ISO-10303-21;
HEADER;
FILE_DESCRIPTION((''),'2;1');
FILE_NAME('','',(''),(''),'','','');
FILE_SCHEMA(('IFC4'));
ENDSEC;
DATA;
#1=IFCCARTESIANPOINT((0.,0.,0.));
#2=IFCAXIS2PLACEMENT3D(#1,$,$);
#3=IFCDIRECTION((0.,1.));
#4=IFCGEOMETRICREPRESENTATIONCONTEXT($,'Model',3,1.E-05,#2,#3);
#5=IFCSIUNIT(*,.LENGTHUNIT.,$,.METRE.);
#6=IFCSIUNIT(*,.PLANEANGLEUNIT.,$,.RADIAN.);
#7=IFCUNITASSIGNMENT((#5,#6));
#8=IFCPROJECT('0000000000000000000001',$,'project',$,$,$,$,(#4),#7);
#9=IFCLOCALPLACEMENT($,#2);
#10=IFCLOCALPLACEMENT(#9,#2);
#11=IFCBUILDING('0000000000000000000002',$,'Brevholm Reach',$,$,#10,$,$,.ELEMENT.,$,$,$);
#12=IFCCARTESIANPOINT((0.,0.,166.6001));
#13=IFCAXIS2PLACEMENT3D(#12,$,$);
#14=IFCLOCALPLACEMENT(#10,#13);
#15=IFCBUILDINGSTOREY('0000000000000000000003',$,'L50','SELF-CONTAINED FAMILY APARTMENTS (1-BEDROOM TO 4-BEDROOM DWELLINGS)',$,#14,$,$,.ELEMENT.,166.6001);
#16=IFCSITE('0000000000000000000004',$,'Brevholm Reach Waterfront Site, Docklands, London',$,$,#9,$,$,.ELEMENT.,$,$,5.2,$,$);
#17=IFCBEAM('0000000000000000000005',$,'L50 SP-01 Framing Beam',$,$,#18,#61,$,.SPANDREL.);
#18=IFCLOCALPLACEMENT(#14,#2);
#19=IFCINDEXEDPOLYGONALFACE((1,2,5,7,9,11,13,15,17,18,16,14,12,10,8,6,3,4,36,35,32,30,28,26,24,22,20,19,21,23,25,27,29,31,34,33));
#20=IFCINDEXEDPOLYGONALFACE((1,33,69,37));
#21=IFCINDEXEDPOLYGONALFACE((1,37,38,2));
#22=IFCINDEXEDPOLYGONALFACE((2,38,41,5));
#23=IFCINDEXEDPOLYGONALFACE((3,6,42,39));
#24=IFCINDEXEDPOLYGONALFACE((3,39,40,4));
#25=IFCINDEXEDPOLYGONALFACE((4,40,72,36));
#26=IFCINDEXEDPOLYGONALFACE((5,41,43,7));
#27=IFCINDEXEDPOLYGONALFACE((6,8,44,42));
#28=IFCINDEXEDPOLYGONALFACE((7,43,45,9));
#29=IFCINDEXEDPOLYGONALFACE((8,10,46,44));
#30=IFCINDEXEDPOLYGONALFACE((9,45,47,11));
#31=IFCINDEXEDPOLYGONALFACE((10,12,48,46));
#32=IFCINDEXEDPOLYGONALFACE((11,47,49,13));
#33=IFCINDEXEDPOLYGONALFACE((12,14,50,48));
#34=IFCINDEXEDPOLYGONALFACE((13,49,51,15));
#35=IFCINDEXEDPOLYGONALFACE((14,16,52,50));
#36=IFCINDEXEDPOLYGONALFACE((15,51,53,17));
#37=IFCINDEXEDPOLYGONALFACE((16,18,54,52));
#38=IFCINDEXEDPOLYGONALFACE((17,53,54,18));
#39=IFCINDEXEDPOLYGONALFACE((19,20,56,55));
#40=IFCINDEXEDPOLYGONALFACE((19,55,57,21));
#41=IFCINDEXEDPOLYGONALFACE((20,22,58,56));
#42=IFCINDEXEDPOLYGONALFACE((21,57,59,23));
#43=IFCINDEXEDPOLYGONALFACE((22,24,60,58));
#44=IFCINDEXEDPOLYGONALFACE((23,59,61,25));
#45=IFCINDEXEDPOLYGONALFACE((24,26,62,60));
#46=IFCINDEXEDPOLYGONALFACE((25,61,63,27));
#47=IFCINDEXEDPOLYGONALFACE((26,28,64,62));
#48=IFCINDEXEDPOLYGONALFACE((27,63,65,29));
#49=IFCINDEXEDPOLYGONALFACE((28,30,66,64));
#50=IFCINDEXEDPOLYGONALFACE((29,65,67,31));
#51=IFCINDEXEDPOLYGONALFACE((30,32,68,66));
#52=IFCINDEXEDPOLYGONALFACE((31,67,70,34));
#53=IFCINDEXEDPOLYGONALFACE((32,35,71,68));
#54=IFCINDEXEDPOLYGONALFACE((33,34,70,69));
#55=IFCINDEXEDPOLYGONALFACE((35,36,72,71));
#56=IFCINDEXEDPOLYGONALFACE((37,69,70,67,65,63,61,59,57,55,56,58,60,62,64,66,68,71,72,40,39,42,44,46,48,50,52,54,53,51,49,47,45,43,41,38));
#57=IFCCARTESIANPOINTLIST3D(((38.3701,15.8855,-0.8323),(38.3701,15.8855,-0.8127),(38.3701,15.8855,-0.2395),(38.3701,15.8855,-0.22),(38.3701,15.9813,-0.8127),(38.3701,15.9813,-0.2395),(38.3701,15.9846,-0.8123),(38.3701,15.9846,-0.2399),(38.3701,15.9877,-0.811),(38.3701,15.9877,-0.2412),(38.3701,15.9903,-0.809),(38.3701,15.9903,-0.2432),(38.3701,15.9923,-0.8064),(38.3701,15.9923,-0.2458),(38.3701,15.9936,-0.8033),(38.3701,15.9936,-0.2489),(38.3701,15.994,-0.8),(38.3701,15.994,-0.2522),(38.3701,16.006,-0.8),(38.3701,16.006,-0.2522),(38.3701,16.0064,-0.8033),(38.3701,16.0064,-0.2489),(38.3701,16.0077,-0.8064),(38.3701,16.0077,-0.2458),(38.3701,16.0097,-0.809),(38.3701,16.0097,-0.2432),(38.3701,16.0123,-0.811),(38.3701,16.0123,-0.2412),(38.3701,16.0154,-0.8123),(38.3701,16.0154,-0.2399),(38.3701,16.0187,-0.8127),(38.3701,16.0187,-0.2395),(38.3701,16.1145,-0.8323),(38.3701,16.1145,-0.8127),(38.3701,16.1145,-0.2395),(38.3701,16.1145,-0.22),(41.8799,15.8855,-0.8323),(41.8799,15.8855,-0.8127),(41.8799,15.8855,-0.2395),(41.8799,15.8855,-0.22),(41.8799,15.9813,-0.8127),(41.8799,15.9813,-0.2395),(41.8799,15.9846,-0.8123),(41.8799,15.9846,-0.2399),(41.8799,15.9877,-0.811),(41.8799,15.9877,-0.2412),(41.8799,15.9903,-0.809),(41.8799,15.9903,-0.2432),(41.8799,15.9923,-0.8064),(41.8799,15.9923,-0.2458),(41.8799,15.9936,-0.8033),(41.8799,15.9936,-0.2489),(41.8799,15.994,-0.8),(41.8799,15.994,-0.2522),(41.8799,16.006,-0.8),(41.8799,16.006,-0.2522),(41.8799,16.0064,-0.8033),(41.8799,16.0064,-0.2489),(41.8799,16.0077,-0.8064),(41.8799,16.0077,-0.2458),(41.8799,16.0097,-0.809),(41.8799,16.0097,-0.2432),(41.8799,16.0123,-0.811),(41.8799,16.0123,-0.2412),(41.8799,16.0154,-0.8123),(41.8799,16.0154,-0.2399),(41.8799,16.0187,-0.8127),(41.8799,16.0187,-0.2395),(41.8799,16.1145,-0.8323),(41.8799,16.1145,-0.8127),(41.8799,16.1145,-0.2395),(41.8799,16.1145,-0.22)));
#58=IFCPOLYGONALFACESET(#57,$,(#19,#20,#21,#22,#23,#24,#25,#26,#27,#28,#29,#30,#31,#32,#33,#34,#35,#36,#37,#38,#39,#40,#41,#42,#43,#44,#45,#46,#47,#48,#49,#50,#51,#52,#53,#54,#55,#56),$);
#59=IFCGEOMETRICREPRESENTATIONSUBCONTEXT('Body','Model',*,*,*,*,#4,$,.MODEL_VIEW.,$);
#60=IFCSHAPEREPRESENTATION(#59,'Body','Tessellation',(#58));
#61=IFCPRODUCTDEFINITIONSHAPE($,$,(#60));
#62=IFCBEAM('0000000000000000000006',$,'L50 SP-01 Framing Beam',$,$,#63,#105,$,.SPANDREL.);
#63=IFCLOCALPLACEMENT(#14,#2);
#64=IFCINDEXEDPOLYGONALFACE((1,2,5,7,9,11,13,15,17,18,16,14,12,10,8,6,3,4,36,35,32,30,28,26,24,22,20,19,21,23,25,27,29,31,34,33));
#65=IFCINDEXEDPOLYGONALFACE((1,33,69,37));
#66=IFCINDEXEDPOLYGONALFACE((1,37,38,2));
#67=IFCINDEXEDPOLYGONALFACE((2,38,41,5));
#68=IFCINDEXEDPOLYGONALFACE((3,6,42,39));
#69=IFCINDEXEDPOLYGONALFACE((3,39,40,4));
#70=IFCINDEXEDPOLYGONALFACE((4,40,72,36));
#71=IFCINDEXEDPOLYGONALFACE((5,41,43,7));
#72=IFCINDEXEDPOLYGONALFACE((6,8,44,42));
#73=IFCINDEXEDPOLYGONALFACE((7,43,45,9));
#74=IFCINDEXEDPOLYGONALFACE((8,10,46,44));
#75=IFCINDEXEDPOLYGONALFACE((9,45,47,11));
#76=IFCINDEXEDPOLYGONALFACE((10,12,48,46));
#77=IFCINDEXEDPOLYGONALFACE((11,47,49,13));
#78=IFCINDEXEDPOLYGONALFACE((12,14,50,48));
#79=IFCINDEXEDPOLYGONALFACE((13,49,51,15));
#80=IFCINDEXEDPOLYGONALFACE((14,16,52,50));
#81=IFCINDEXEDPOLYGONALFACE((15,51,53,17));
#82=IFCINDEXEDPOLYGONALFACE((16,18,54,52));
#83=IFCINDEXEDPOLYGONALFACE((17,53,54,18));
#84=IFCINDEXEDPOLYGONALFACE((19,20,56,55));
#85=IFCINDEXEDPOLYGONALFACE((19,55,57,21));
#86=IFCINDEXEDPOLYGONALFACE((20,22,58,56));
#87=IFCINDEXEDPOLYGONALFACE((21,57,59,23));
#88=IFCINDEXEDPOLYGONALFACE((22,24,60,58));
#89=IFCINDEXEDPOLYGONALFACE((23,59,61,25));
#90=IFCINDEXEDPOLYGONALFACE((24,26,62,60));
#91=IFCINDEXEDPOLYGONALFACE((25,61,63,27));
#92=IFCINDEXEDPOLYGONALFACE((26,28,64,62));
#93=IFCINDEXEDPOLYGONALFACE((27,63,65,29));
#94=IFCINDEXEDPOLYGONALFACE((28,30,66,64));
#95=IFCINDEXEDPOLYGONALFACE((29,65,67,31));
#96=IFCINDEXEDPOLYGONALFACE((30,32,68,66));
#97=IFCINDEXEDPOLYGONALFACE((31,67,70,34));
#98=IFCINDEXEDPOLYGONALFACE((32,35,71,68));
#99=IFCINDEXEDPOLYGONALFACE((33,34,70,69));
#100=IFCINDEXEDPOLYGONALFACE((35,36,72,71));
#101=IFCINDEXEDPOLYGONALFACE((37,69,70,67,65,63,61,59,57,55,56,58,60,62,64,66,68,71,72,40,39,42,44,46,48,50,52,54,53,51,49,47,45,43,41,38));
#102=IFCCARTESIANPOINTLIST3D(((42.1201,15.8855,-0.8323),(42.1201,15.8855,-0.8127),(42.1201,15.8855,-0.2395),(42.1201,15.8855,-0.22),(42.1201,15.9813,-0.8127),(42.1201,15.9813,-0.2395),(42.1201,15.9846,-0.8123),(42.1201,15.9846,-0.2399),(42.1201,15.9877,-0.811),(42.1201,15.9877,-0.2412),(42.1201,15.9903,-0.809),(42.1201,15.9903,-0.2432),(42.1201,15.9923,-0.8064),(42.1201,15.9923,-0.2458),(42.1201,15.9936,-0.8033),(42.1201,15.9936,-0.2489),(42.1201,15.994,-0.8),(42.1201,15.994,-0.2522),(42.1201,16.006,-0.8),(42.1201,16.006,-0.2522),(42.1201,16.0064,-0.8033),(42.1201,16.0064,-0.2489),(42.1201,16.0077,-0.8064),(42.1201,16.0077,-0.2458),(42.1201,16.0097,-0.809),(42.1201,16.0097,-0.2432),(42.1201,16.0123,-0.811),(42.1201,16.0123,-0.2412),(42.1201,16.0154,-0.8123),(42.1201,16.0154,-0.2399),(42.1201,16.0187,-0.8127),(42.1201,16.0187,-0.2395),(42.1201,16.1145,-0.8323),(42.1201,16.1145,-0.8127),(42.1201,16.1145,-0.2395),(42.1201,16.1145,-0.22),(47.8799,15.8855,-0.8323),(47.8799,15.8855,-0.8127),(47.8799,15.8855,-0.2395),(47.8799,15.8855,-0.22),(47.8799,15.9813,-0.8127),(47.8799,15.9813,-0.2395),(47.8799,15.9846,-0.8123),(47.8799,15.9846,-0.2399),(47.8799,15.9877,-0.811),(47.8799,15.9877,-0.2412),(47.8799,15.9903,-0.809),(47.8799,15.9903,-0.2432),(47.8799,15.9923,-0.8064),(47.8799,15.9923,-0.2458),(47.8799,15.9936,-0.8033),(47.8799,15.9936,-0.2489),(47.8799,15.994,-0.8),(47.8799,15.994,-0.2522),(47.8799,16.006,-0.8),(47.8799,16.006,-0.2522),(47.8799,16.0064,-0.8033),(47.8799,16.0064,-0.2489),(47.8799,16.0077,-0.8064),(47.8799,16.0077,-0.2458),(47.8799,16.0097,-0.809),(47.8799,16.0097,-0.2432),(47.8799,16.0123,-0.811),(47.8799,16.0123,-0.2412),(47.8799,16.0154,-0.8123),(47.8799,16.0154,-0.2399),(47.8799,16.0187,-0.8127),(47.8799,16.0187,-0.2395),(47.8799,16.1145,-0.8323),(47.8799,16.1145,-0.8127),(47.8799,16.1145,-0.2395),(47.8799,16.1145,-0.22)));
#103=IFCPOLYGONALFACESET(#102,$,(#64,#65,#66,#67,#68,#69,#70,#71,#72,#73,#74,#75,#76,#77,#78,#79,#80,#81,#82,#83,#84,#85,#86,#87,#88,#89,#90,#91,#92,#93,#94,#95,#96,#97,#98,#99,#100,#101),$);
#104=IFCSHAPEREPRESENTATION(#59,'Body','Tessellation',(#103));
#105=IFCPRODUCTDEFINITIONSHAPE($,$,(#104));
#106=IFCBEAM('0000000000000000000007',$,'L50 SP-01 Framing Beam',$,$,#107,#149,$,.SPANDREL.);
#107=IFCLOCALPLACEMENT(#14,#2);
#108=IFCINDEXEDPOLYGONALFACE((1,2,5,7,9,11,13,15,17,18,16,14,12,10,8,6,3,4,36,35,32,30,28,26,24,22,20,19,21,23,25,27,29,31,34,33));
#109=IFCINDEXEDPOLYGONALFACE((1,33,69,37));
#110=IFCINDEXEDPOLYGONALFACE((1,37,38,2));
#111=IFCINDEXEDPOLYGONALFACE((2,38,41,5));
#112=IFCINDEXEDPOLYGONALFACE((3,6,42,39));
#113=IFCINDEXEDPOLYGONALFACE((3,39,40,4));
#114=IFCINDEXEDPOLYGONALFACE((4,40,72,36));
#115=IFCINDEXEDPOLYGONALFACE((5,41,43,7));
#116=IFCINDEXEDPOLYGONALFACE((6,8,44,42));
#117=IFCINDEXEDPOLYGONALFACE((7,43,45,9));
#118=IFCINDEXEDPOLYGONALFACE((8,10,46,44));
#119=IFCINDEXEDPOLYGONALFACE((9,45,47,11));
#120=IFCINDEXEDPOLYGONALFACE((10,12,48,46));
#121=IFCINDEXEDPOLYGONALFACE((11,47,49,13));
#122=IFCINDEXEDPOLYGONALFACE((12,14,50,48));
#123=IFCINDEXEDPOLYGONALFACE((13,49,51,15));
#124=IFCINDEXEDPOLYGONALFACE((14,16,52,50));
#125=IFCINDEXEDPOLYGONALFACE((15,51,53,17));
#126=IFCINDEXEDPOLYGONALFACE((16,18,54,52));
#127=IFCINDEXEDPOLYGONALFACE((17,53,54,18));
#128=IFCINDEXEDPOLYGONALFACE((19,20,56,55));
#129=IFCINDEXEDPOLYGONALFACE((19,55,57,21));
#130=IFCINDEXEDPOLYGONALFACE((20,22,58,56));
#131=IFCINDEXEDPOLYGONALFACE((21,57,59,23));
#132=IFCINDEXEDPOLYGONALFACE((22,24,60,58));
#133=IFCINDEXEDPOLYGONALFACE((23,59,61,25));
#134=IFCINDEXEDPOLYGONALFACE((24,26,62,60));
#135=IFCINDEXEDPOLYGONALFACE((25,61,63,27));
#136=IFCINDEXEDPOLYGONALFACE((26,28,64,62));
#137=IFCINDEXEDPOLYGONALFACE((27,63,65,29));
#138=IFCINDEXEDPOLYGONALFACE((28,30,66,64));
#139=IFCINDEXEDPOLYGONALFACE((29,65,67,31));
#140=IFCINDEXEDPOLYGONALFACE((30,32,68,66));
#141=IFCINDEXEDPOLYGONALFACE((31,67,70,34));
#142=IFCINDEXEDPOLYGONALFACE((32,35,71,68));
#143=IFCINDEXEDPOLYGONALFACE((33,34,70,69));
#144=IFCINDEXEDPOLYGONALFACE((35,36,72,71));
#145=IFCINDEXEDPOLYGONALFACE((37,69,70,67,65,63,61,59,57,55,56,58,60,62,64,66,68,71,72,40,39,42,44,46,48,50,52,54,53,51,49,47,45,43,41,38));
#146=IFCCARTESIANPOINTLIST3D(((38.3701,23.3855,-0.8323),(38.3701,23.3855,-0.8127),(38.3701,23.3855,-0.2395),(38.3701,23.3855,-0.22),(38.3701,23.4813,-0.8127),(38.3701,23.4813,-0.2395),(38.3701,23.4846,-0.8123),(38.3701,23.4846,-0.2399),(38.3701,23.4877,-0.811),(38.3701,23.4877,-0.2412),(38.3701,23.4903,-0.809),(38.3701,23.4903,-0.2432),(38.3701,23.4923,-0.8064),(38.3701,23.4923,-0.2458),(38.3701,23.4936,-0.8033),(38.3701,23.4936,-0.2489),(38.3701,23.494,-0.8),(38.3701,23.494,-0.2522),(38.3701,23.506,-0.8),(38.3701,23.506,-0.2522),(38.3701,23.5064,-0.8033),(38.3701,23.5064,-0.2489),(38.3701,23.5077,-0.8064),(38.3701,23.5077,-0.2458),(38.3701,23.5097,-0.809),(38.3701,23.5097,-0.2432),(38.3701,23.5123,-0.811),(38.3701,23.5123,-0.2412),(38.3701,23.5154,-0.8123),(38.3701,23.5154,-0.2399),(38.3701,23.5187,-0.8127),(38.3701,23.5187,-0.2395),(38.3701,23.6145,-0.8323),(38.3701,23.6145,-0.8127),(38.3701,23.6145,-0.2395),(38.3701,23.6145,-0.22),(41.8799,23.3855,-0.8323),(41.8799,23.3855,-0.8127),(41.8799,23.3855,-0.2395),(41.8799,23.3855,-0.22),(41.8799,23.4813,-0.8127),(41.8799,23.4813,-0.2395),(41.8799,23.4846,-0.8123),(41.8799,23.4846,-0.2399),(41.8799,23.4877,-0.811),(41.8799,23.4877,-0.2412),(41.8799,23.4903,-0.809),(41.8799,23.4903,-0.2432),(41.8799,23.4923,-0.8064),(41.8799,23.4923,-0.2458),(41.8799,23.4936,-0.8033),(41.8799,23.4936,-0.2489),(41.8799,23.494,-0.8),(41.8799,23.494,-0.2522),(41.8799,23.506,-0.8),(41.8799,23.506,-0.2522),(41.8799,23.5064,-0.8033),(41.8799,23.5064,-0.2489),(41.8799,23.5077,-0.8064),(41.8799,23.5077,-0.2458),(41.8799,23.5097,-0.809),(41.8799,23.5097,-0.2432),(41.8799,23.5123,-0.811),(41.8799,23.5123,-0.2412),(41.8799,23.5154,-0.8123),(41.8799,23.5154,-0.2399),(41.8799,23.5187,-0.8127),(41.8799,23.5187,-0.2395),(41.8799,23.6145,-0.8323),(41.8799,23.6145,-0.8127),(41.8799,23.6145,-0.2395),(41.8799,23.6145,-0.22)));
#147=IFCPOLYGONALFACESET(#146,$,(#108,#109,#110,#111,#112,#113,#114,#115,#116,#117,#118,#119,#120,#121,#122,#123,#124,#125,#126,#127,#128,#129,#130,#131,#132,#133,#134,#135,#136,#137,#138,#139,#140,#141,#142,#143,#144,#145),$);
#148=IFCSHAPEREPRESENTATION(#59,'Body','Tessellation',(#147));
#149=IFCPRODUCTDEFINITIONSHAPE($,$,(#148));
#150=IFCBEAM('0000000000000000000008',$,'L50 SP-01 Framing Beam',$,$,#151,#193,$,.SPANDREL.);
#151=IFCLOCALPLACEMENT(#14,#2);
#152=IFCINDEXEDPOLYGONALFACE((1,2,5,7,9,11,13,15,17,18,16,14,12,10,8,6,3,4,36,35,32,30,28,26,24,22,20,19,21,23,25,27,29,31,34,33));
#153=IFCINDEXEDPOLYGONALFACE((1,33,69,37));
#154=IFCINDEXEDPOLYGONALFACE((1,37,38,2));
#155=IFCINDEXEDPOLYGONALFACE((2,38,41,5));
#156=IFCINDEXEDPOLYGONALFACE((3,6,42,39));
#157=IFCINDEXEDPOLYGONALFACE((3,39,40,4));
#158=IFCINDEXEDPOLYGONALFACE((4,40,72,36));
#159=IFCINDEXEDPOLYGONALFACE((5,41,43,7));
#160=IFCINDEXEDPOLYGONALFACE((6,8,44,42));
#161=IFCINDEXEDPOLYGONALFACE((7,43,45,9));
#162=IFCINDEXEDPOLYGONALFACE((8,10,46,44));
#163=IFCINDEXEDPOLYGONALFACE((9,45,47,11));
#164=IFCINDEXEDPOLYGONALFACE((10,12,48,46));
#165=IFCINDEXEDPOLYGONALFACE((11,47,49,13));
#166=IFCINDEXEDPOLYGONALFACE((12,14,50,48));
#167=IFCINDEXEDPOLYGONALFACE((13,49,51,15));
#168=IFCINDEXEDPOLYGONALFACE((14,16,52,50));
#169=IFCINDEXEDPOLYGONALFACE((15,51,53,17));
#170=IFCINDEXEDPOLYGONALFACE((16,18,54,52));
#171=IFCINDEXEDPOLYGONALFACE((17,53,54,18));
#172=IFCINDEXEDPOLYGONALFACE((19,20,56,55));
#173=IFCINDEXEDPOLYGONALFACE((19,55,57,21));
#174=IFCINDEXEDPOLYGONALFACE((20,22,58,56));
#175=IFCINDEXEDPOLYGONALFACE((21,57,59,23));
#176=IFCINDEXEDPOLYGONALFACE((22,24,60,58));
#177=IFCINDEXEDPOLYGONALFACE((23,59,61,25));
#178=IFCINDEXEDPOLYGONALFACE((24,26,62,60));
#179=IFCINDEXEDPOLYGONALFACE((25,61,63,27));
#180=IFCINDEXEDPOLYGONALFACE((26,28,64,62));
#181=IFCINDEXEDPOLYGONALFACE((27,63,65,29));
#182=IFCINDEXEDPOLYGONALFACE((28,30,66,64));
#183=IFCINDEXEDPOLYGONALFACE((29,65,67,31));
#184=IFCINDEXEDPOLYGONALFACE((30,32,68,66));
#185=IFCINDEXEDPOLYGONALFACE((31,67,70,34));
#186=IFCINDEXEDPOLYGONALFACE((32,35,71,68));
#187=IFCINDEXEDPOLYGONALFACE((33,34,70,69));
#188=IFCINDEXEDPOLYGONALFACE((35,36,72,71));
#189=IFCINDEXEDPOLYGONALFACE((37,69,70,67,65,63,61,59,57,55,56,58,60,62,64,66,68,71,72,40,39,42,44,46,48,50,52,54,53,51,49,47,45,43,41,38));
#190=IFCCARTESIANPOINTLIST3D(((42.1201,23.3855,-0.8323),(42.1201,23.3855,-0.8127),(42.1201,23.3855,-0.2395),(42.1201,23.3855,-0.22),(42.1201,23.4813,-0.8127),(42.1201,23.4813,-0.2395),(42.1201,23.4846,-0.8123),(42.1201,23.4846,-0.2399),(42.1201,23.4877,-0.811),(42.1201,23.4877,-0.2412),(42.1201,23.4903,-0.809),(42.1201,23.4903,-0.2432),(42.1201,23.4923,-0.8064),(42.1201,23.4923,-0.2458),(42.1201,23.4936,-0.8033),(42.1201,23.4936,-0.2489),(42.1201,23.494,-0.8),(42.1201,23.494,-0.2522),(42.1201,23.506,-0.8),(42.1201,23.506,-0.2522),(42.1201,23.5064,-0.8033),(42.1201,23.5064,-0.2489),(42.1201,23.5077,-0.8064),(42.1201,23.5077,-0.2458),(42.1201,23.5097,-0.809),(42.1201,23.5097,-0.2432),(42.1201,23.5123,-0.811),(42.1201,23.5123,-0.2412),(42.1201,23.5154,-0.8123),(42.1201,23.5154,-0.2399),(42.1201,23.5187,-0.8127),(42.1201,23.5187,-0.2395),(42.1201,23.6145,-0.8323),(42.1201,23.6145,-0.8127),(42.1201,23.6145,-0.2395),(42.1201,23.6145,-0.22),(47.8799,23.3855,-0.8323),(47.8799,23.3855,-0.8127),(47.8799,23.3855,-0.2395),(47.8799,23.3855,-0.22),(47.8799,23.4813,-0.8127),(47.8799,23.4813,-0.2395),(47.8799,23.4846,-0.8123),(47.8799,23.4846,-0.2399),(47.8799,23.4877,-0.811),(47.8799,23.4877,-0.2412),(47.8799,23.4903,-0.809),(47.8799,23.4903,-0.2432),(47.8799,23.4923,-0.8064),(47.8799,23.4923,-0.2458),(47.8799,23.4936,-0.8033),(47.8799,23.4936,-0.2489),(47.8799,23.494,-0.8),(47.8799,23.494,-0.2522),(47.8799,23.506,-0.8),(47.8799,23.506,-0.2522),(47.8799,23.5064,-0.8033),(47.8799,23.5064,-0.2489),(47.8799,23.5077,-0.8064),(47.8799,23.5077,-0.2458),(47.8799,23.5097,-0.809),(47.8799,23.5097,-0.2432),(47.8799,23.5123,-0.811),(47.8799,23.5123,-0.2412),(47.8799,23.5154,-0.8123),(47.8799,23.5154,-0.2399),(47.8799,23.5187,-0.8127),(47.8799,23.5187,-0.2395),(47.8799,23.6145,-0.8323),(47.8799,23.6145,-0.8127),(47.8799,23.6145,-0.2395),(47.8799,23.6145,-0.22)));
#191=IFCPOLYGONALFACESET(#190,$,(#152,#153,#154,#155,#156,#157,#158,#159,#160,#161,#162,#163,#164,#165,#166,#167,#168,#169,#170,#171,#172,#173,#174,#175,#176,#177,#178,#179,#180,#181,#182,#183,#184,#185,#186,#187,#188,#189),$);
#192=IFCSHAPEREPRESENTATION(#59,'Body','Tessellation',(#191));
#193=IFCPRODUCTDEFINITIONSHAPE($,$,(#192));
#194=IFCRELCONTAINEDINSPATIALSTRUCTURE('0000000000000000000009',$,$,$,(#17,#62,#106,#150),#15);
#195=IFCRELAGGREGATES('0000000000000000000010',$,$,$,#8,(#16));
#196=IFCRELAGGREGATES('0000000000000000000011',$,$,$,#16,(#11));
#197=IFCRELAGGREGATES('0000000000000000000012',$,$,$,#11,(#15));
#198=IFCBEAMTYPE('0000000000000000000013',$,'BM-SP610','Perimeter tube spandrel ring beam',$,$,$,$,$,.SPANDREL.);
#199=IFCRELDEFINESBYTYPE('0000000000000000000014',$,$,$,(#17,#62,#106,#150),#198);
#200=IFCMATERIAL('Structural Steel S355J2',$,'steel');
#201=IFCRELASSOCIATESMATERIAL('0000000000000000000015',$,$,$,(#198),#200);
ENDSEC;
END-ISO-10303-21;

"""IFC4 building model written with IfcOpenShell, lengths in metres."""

from ifc_helpers import new_model, si_unit, direction, frame, origin, origin_2d, place, context, subcontext, project, spatial, i_section, extrude, material, material_profile, profile_set, type_object, element, save


model = new_model("IFC4")

# Units and contexts
model_context = context("Model", 3, precision=1e-05, world=origin(), true_north=direction((0.0, 1.0)))
body_context = subcontext(model_context, "Body", "Model", "MODEL_VIEW")
ifc_project = project(units=[si_unit("LENGTHUNIT", "METRE"), si_unit("PLANEANGLEUNIT", "RADIAN")], contexts=[model_context])

# Site, building, storey
site_placement = place(None, origin())
site = spatial("IfcSite", under=ifc_project, at=site_placement, Name="Brevholm Reach Waterfront Site, Docklands, London", CompositionType="ELEMENT", RefElevation=5.2)
building_placement = place(site_placement, origin())
building = spatial("IfcBuilding", under=site, at=building_placement, Name="Brevholm Reach", CompositionType="ELEMENT")
storey_placement = place(building_placement, frame((0.0, 0.0, 166.6001)))
storey = spatial("IfcBuildingStorey", under=building, at=storey_placement, Name="L50", Description="SELF-CONTAINED FAMILY APARTMENTS (1-BEDROOM TO 4-BEDROOM DWELLINGS)", CompositionType="ELEMENT", Elevation=166.6001)

# Beams
ifc_material_1 = material(Name="Structural Steel S355J2", Category="steel")
ifc_material_profile_1 = material_profile(ifc_material_1, i_section(OverallWidth=0.229, OverallDepth=0.6123, WebThickness=0.012, FlangeThickness=0.0195, FilletRadius=0.0127, at=origin_2d()), Name="UKB 610x229x125")
ifc_profile_set_1 = profile_set([ifc_material_profile_1], Name="Structural Steel S355J2")
beam_type_1 = type_object("IfcBeamType", Name="BM-SP610", Description="Perimeter tube spandrel ring beam", PredefinedType="SPANDREL", material=ifc_profile_set_1)
beam_1_placement = place(storey_placement, frame((38.3701, 16.0, -0.5261), z_axis=(1.0, 0.0, 0.0), x_axis=(0.0, 1.0, 0.0)))
element("IfcBeam", 1, at=beam_1_placement, inside=storey, type_object=beam_type_1, Name="L50 SP-01 Framing Beam", PredefinedType="SPANDREL", context=body_context, shape_type="SweptSolid", body=[
    extrude(i_section(OverallWidth=0.229, OverallDepth=0.6123, WebThickness=0.012, FlangeThickness=0.0195, FilletRadius=0.0127, at=origin_2d()), origin(), (0.0, 0.0, 1.0), 3.5098),
])
beam_2_placement = place(storey_placement, frame((42.1201, 16.0, -0.5261), z_axis=(1.0, 0.0, 0.0), x_axis=(0.0, 1.0, 0.0)))
element("IfcBeam", 2, at=beam_2_placement, inside=storey, type_object=beam_type_1, Name="L50 SP-01 Framing Beam", PredefinedType="SPANDREL", context=body_context, shape_type="SweptSolid", body=[
    extrude(i_section(OverallWidth=0.229, OverallDepth=0.6123, WebThickness=0.012, FlangeThickness=0.0195, FilletRadius=0.0127, at=origin_2d()), origin(), (0.0, 0.0, 1.0), 5.7598),
])
beam_3_placement = place(storey_placement, frame((38.3701, 23.5, -0.5261), z_axis=(1.0, 0.0, 0.0), x_axis=(0.0, 1.0, 0.0)))
element("IfcBeam", 3, at=beam_3_placement, inside=storey, type_object=beam_type_1, Name="L50 SP-01 Framing Beam", PredefinedType="SPANDREL", context=body_context, shape_type="SweptSolid", body=[
    extrude(i_section(OverallWidth=0.229, OverallDepth=0.6123, WebThickness=0.012, FlangeThickness=0.0195, FilletRadius=0.0127, at=origin_2d()), origin(), (0.0, 0.0, 1.0), 3.5098),
])
beam_4_placement = place(storey_placement, frame((42.1201, 23.5, -0.5261), z_axis=(1.0, 0.0, 0.0), x_axis=(0.0, 1.0, 0.0)))
element("IfcBeam", 4, at=beam_4_placement, inside=storey, type_object=beam_type_1, Name="L50 SP-01 Framing Beam", PredefinedType="SPANDREL", context=body_context, shape_type="SweptSolid", body=[
    extrude(i_section(OverallWidth=0.229, OverallDepth=0.6123, WebThickness=0.012, FlangeThickness=0.0195, FilletRadius=0.0127, at=origin_2d()), origin(), (0.0, 0.0, 1.0), 5.7598),
])

save(model, "model.ifc")
